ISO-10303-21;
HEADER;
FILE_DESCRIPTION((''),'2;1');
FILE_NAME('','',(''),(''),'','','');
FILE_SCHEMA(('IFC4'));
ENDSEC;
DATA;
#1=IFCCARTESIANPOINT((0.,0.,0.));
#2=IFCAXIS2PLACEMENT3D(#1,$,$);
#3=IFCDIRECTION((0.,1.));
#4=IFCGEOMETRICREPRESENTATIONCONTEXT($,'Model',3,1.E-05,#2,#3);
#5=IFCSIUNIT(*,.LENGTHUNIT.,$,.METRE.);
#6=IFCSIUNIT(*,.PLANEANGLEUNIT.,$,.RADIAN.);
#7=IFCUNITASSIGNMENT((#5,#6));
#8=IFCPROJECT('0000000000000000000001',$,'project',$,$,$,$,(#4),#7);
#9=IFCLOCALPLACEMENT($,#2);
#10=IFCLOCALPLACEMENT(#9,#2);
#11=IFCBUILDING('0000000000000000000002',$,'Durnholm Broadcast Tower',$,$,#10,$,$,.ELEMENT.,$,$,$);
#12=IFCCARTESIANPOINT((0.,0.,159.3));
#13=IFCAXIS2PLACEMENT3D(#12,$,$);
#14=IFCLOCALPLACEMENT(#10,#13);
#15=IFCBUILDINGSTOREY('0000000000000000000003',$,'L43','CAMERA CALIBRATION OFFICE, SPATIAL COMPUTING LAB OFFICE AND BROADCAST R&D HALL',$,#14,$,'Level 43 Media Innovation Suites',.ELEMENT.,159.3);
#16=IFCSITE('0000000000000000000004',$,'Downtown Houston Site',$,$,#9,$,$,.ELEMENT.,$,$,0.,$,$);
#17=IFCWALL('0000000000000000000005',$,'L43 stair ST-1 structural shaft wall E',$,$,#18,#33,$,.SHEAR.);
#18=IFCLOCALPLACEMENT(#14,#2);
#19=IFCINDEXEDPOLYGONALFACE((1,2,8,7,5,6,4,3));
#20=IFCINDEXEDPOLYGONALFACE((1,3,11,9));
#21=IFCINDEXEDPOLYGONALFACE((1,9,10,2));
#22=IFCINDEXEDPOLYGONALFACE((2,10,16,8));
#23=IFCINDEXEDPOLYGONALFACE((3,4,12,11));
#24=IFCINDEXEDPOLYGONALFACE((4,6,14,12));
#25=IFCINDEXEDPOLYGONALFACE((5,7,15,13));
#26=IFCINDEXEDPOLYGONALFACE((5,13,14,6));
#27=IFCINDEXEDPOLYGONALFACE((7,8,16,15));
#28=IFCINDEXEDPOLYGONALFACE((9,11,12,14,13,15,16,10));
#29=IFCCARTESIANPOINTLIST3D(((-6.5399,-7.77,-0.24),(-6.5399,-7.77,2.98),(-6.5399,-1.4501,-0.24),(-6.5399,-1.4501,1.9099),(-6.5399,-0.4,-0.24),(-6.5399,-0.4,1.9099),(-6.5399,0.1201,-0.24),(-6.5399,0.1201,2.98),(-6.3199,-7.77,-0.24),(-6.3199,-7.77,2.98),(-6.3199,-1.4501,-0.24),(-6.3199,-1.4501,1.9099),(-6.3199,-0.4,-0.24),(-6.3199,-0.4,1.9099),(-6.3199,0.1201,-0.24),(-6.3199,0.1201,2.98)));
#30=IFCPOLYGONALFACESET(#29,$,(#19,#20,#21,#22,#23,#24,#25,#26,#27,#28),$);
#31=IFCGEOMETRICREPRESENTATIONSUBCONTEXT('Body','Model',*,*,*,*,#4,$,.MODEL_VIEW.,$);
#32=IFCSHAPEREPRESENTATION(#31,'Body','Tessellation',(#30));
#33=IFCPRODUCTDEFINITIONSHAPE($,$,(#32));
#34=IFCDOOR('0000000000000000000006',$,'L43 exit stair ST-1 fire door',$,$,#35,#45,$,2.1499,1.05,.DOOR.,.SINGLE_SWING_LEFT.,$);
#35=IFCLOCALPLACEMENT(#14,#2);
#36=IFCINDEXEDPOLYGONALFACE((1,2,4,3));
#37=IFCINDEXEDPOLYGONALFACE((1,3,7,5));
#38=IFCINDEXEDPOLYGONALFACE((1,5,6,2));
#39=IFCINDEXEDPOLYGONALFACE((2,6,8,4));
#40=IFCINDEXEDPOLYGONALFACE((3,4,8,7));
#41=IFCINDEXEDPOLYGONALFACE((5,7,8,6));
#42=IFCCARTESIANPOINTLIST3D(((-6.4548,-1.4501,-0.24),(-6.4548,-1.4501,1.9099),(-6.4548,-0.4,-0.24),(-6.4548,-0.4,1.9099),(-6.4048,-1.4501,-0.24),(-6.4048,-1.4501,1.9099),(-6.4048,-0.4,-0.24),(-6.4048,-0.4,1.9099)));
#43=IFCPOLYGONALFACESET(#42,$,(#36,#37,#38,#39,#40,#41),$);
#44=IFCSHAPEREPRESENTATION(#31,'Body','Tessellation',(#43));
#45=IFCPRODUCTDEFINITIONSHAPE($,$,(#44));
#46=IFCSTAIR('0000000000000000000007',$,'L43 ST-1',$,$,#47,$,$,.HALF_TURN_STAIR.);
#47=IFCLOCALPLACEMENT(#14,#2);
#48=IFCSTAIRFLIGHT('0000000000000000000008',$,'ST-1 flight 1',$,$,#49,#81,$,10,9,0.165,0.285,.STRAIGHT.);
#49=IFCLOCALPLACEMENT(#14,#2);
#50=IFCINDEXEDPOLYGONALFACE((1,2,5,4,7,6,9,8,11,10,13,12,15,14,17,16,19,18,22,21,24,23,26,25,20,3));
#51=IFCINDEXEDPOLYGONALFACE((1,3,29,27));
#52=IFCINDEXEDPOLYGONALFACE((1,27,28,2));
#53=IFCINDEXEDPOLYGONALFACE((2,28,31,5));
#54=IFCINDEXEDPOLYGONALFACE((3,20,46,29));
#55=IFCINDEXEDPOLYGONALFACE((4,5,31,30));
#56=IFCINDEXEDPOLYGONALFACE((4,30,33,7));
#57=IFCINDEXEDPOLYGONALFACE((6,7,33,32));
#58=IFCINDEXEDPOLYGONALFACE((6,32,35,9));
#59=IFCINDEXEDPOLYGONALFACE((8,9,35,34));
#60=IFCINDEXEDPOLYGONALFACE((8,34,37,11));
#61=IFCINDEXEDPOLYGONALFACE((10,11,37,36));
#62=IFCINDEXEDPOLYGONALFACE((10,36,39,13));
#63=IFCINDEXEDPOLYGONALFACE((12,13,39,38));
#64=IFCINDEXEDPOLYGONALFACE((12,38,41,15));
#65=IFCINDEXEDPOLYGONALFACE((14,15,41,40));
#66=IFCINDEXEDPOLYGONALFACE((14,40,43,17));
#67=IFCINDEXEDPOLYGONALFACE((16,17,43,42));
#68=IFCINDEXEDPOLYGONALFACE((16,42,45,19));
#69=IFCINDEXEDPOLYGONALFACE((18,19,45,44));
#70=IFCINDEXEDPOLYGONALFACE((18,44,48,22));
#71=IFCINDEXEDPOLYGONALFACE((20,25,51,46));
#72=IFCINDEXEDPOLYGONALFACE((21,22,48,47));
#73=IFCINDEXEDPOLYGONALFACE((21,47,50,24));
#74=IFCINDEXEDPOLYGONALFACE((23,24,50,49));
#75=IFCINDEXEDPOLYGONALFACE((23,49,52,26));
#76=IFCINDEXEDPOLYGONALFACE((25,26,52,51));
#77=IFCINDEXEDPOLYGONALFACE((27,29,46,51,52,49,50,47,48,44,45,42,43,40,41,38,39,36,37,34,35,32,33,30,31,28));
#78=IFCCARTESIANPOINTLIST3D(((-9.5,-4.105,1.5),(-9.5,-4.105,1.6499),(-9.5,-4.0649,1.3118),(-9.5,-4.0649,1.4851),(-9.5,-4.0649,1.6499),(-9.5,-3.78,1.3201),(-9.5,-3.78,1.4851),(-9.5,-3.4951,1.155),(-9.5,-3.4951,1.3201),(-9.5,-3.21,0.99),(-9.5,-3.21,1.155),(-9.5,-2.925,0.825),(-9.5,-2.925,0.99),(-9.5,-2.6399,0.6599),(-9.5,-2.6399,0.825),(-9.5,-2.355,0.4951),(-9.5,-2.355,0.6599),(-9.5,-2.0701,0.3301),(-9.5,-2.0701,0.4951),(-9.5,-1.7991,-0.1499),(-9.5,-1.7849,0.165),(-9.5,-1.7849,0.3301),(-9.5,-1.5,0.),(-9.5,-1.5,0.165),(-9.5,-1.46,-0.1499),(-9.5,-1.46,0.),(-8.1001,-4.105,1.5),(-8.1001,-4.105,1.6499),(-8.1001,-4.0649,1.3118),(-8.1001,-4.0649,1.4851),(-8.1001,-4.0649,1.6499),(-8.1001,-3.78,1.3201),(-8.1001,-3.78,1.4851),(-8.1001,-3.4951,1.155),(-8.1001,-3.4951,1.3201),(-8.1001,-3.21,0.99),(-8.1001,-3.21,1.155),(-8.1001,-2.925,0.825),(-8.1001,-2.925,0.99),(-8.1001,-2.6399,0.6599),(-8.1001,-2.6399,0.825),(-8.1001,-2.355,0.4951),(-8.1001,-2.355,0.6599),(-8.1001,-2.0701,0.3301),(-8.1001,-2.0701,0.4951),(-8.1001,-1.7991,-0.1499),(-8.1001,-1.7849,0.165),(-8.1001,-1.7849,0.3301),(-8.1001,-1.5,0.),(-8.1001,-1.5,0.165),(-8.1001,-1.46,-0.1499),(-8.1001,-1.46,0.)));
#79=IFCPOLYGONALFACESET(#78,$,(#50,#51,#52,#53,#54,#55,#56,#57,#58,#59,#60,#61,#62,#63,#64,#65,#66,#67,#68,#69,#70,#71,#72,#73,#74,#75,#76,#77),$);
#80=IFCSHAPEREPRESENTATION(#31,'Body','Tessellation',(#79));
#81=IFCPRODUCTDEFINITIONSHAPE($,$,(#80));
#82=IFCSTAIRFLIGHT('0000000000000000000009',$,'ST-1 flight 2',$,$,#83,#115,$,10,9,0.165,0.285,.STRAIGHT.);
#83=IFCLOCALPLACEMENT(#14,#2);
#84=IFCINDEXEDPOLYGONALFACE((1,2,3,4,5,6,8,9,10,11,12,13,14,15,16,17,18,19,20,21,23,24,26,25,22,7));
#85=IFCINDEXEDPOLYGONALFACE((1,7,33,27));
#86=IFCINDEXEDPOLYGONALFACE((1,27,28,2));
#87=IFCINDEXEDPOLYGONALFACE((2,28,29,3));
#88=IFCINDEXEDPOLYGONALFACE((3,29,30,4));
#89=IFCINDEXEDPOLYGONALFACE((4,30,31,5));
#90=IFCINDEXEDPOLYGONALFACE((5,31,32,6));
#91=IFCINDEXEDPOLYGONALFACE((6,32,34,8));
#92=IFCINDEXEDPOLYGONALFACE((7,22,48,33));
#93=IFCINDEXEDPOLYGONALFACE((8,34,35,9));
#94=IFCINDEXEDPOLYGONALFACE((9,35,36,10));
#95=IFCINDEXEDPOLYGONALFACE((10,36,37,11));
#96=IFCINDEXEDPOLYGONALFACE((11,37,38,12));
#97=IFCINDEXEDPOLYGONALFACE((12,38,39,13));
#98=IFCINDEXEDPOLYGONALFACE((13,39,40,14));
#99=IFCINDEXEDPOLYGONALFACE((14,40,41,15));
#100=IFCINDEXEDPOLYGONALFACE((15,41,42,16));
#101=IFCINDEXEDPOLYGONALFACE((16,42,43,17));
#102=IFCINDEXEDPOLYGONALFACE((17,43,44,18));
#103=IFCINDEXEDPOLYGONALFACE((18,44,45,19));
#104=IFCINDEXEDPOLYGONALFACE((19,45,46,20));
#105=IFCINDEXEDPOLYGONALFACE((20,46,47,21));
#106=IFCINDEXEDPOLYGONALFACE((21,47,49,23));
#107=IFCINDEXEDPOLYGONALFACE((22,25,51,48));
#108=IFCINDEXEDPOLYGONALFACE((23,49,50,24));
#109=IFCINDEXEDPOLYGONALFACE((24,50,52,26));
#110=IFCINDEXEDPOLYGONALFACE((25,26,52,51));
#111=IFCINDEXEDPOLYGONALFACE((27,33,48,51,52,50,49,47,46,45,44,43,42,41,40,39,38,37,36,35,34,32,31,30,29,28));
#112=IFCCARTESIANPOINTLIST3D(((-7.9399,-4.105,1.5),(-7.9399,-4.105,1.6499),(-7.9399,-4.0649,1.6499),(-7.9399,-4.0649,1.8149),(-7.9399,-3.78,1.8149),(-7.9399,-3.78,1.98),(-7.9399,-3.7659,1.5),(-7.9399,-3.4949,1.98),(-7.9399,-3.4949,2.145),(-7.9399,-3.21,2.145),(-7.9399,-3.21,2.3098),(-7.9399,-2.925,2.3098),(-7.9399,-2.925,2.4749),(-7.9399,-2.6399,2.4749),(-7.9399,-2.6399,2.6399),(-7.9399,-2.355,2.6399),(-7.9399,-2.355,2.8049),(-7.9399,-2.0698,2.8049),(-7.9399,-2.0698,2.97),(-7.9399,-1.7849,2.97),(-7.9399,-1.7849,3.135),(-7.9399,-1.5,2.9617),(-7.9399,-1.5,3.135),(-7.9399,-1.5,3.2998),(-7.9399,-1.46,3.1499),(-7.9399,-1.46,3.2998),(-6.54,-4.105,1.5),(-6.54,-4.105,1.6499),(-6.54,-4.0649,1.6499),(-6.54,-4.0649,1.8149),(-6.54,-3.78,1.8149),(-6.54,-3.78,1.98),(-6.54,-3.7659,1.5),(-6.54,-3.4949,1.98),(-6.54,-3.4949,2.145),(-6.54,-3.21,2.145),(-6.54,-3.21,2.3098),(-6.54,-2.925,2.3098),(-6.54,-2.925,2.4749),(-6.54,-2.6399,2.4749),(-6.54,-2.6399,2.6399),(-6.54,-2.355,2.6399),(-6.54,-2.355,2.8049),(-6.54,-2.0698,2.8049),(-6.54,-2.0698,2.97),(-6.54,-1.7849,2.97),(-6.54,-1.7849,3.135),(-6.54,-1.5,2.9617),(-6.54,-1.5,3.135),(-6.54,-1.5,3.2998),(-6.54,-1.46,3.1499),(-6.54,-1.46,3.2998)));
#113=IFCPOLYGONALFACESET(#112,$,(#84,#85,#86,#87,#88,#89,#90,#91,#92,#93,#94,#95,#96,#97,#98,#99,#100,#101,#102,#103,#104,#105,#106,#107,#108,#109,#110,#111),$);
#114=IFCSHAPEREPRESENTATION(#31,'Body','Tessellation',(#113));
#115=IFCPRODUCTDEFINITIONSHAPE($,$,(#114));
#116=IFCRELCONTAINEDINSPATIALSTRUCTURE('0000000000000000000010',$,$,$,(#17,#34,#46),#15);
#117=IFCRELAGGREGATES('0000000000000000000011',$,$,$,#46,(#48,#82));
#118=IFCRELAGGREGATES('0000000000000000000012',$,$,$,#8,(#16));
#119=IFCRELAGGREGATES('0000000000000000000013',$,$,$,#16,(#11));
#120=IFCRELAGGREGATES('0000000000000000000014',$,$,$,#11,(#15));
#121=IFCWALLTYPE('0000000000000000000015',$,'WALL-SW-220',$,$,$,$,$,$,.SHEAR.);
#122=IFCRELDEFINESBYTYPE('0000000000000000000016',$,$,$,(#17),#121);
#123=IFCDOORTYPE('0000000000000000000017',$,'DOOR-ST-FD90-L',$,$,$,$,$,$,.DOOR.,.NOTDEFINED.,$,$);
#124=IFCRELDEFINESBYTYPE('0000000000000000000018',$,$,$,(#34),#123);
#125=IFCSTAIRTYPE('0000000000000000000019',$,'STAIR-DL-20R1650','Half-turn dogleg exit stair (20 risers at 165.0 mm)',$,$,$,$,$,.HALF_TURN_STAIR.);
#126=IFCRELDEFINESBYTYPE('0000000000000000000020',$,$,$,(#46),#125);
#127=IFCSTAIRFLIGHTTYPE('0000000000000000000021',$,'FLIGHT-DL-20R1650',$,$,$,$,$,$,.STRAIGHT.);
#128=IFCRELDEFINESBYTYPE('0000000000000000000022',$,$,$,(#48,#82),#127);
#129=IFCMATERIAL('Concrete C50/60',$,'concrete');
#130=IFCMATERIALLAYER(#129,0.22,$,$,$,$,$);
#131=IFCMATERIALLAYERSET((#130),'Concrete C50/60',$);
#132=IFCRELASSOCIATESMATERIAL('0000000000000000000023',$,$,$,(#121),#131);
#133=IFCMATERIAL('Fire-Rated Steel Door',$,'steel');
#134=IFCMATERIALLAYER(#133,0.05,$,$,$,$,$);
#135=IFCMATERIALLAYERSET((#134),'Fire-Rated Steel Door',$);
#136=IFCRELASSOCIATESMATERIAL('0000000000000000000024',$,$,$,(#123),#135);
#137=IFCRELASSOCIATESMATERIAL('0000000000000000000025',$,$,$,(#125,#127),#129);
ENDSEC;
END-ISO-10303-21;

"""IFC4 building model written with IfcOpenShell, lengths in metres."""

from ifc_helpers import new_model, si_unit, direction, frame, frame_2d, origin, place, context, subcontext, project, spatial, polyline, rectangle, outline, extrude, source, transform, mapped, material, layer, layer_set, type_object, type_shapes, element, fill, aggregate, save


model = new_model("IFC4")

# Units and contexts
model_context = context("Model", 3, precision=1e-05, world=origin(), true_north=direction((0.0, 1.0)))
body_context = subcontext(model_context, "Body", "Model", "MODEL_VIEW")
ifc_project = project(units=[si_unit("LENGTHUNIT", "METRE"), si_unit("PLANEANGLEUNIT", "RADIAN")], contexts=[model_context])

# Site, building, storey
site_placement = place(None, origin())
site = spatial("IfcSite", under=ifc_project, at=site_placement, Name="Downtown Houston Site", CompositionType="ELEMENT", RefElevation=0.0)
building_placement = place(site_placement, origin())
building = spatial("IfcBuilding", under=site, at=building_placement, Name="Durnholm Broadcast Tower", CompositionType="ELEMENT")
storey_placement = place(building_placement, frame((0.0, 0.0, 159.3)))
storey = spatial("IfcBuildingStorey", under=building, at=storey_placement, Name="L43", Description="CAMERA CALIBRATION OFFICE, SPATIAL COMPUTING LAB OFFICE AND BROADCAST R&D HALL", LongName="Level 43 Media Innovation Suites", CompositionType="ELEMENT", Elevation=159.3)

# Wall, opening, door
ifc_material_1 = material(Name="Concrete C50/60", Category="concrete")
ifc_layer_1 = layer(ifc_material_1, 0.22)
ifc_layer_set_1 = layer_set([ifc_layer_1], Name="Concrete C50/60")
wall_type_1 = type_object("IfcWallType", Name="WALL-SW-220", PredefinedType="SHEAR", material=ifc_layer_set_1)
wall_1_placement = place(storey_placement, frame((-6.4299, -7.77, -0.24), z_axis=(0.0, 0.0, 1.0), x_axis=(0.0, 1.0, 0.0)))
wall_1 = element("IfcWall", 1, at=wall_1_placement, inside=storey, type_object=wall_type_1, Name="L43 stair ST-1 structural shaft wall E", PredefinedType="SHEAR", context=body_context, shape_type="SweptSolid", body=[
    extrude(rectangle(XDim=7.8901, YDim=0.22, at=frame_2d((3.9451, 0.0))), origin(), (0.0, 0.0, 1.0), 3.22),
])
opening_1_placement = place(wall_1_placement, frame((6.3201, 0.0, 0.0)))
opening_1 = element("IfcOpeningElement", 2, at=opening_1_placement, cuts=wall_1, PredefinedType="OPENING", context=body_context, shape_type="SweptSolid", body=[
    extrude(rectangle(XDim=1.05, YDim=2.1499, at=frame_2d((0.5249, 1.075))), frame((0.0, 0.1201, 0.0), z_axis=(0.0, -1.0, 0.0), x_axis=(1.0, 0.0, 0.0)), (0.0, 0.0, 1.0), 0.24),
])
ifc_material_2 = material(Name="Fire-Rated Steel Door", Category="steel")
ifc_layer_2 = layer(ifc_material_2, 0.05)
ifc_layer_set_2 = layer_set([ifc_layer_2], Name="Fire-Rated Steel Door")
door_type_1 = type_object("IfcDoorType", Name="DOOR-ST-FD90-L", OperationType="NOTDEFINED", PredefinedType="DOOR", material=ifc_layer_set_2)
shared_shape_1 = source(origin(), body_context, "Body", "SweptSolid", [
    extrude(rectangle(XDim=1.05, YDim=2.1499, at=frame_2d((0.5249, 1.075))), frame((0.0, 0.0249, 0.0), z_axis=(0.0, -1.0, 0.0), x_axis=(1.0, 0.0, 0.0)), (0.0, 0.0, 1.0), 0.05),
])
type_shapes(door_type_1, [shared_shape_1])
door_1_placement = place(opening_1_placement, origin())
door_1 = element("IfcDoor", 3, at=door_1_placement, inside=storey, type_object=door_type_1, Name="L43 exit stair ST-1 fire door", OperationType="SINGLE_SWING_LEFT", OverallHeight=2.1499, OverallWidth=1.05, PredefinedType="DOOR", context=body_context, shape_type="MappedRepresentation", body=[
    mapped(shared_shape_1, transform((0.0, 0.0, 0.0), x_axis=(1.0, 0.0, 0.0), y_axis=(0.0, 1.0, 0.0), z_axis=(0.0, 0.0, 1.0), scale=1.0)),
])
fill(opening_1, door_1)

# Stair, stair flights
stair_type = type_object("IfcStairType", Name="STAIR-DL-20R1650", Description="Half-turn dogleg exit stair (20 risers at 165.0 mm)", PredefinedType="HALF_TURN_STAIR", material=ifc_material_1)
stair_placement = place(storey_placement, origin())
stair = element("IfcStair", 4, at=stair_placement, inside=storey, type_object=stair_type, Name="L43 ST-1", PredefinedType="HALF_TURN_STAIR")
stair_flight_type = type_object("IfcStairFlightType", Name="FLIGHT-DL-20R1650", PredefinedType="STRAIGHT", material=ifc_material_1)
stair_flight_1_placement = place(storey_placement, frame((-8.8, -1.5, 0.0), z_axis=(0.0, 0.0, 1.0), x_axis=(0.0, -1.0, 0.0)))
stair_flight_1 = element("IfcStairFlight", 5, at=stair_flight_1_placement, type_object=stair_flight_type, Name="ST-1 flight 1", NumberOfRisers=10, NumberOfTreads=9, PredefinedType="STRAIGHT", RiserHeight=0.165, TreadLength=0.285, context=body_context, shape_type="SweptSolid", body=[
    extrude(outline(polyline([(-0.04, -0.1499), (-0.04, 0.0), (0.0, 0.0), (0.0, 0.165), (0.2849, 0.165), (0.2849, 0.3301), (0.5701, 0.3301), (0.5701, 0.4951), (0.855, 0.4951), (0.855, 0.6599), (1.1399, 0.6599), (1.1399, 0.825), (1.425, 0.825), (1.425, 0.99), (1.71, 0.99), (1.71, 1.155), (1.9951, 1.155), (1.9951, 1.3201), (2.28, 1.3201), (2.28, 1.4851), (2.5649, 1.4851), (2.5649, 1.6499), (2.605, 1.6499), (2.605, 1.5), (2.5649, 1.3118), (0.2991, -0.1499), (-0.04, -0.1499)])), frame((0.0, 0.7, 0.0), z_axis=(0.0, -1.0, 0.0), x_axis=(1.0, 0.0, 0.0)), (0.0, 0.0, 1.0), 1.3999),
])
stair_flight_2_placement = place(storey_placement, frame((-7.24, -4.0649, 1.6499), z_axis=(0.0, 0.0, 1.0), x_axis=(0.0, 1.0, 0.0)))
stair_flight_2 = element("IfcStairFlight", 6, at=stair_flight_2_placement, type_object=stair_flight_type, Name="ST-1 flight 2", NumberOfRisers=10, NumberOfTreads=9, PredefinedType="STRAIGHT", RiserHeight=0.165, TreadLength=0.285, context=body_context, shape_type="SweptSolid", body=[
    extrude(outline(polyline([(-0.04, -0.1499), (-0.04, 0.0), (0.0, 0.0), (0.0, 0.165), (0.2849, 0.165), (0.2849, 0.3301), (0.5701, 0.3301), (0.5701, 0.4951), (0.855, 0.4951), (0.855, 0.6599), (1.1399, 0.6599), (1.1399, 0.825), (1.425, 0.825), (1.425, 0.99), (1.71, 0.99), (1.71, 1.155), (1.9951, 1.155), (1.9951, 1.3201), (2.28, 1.3201), (2.28, 1.4851), (2.5649, 1.4851), (2.5649, 1.6499), (2.605, 1.6499), (2.605, 1.5), (2.5649, 1.3118), (0.2991, -0.1499), (-0.04, -0.1499)])), frame((0.0, 0.7, 0.0), z_axis=(0.0, -1.0, 0.0), x_axis=(1.0, 0.0, 0.0)), (0.0, 0.0, 1.0), 1.3999),
])
aggregate(stair, [stair_flight_1, stair_flight_2])

save(model, "model.ifc")
